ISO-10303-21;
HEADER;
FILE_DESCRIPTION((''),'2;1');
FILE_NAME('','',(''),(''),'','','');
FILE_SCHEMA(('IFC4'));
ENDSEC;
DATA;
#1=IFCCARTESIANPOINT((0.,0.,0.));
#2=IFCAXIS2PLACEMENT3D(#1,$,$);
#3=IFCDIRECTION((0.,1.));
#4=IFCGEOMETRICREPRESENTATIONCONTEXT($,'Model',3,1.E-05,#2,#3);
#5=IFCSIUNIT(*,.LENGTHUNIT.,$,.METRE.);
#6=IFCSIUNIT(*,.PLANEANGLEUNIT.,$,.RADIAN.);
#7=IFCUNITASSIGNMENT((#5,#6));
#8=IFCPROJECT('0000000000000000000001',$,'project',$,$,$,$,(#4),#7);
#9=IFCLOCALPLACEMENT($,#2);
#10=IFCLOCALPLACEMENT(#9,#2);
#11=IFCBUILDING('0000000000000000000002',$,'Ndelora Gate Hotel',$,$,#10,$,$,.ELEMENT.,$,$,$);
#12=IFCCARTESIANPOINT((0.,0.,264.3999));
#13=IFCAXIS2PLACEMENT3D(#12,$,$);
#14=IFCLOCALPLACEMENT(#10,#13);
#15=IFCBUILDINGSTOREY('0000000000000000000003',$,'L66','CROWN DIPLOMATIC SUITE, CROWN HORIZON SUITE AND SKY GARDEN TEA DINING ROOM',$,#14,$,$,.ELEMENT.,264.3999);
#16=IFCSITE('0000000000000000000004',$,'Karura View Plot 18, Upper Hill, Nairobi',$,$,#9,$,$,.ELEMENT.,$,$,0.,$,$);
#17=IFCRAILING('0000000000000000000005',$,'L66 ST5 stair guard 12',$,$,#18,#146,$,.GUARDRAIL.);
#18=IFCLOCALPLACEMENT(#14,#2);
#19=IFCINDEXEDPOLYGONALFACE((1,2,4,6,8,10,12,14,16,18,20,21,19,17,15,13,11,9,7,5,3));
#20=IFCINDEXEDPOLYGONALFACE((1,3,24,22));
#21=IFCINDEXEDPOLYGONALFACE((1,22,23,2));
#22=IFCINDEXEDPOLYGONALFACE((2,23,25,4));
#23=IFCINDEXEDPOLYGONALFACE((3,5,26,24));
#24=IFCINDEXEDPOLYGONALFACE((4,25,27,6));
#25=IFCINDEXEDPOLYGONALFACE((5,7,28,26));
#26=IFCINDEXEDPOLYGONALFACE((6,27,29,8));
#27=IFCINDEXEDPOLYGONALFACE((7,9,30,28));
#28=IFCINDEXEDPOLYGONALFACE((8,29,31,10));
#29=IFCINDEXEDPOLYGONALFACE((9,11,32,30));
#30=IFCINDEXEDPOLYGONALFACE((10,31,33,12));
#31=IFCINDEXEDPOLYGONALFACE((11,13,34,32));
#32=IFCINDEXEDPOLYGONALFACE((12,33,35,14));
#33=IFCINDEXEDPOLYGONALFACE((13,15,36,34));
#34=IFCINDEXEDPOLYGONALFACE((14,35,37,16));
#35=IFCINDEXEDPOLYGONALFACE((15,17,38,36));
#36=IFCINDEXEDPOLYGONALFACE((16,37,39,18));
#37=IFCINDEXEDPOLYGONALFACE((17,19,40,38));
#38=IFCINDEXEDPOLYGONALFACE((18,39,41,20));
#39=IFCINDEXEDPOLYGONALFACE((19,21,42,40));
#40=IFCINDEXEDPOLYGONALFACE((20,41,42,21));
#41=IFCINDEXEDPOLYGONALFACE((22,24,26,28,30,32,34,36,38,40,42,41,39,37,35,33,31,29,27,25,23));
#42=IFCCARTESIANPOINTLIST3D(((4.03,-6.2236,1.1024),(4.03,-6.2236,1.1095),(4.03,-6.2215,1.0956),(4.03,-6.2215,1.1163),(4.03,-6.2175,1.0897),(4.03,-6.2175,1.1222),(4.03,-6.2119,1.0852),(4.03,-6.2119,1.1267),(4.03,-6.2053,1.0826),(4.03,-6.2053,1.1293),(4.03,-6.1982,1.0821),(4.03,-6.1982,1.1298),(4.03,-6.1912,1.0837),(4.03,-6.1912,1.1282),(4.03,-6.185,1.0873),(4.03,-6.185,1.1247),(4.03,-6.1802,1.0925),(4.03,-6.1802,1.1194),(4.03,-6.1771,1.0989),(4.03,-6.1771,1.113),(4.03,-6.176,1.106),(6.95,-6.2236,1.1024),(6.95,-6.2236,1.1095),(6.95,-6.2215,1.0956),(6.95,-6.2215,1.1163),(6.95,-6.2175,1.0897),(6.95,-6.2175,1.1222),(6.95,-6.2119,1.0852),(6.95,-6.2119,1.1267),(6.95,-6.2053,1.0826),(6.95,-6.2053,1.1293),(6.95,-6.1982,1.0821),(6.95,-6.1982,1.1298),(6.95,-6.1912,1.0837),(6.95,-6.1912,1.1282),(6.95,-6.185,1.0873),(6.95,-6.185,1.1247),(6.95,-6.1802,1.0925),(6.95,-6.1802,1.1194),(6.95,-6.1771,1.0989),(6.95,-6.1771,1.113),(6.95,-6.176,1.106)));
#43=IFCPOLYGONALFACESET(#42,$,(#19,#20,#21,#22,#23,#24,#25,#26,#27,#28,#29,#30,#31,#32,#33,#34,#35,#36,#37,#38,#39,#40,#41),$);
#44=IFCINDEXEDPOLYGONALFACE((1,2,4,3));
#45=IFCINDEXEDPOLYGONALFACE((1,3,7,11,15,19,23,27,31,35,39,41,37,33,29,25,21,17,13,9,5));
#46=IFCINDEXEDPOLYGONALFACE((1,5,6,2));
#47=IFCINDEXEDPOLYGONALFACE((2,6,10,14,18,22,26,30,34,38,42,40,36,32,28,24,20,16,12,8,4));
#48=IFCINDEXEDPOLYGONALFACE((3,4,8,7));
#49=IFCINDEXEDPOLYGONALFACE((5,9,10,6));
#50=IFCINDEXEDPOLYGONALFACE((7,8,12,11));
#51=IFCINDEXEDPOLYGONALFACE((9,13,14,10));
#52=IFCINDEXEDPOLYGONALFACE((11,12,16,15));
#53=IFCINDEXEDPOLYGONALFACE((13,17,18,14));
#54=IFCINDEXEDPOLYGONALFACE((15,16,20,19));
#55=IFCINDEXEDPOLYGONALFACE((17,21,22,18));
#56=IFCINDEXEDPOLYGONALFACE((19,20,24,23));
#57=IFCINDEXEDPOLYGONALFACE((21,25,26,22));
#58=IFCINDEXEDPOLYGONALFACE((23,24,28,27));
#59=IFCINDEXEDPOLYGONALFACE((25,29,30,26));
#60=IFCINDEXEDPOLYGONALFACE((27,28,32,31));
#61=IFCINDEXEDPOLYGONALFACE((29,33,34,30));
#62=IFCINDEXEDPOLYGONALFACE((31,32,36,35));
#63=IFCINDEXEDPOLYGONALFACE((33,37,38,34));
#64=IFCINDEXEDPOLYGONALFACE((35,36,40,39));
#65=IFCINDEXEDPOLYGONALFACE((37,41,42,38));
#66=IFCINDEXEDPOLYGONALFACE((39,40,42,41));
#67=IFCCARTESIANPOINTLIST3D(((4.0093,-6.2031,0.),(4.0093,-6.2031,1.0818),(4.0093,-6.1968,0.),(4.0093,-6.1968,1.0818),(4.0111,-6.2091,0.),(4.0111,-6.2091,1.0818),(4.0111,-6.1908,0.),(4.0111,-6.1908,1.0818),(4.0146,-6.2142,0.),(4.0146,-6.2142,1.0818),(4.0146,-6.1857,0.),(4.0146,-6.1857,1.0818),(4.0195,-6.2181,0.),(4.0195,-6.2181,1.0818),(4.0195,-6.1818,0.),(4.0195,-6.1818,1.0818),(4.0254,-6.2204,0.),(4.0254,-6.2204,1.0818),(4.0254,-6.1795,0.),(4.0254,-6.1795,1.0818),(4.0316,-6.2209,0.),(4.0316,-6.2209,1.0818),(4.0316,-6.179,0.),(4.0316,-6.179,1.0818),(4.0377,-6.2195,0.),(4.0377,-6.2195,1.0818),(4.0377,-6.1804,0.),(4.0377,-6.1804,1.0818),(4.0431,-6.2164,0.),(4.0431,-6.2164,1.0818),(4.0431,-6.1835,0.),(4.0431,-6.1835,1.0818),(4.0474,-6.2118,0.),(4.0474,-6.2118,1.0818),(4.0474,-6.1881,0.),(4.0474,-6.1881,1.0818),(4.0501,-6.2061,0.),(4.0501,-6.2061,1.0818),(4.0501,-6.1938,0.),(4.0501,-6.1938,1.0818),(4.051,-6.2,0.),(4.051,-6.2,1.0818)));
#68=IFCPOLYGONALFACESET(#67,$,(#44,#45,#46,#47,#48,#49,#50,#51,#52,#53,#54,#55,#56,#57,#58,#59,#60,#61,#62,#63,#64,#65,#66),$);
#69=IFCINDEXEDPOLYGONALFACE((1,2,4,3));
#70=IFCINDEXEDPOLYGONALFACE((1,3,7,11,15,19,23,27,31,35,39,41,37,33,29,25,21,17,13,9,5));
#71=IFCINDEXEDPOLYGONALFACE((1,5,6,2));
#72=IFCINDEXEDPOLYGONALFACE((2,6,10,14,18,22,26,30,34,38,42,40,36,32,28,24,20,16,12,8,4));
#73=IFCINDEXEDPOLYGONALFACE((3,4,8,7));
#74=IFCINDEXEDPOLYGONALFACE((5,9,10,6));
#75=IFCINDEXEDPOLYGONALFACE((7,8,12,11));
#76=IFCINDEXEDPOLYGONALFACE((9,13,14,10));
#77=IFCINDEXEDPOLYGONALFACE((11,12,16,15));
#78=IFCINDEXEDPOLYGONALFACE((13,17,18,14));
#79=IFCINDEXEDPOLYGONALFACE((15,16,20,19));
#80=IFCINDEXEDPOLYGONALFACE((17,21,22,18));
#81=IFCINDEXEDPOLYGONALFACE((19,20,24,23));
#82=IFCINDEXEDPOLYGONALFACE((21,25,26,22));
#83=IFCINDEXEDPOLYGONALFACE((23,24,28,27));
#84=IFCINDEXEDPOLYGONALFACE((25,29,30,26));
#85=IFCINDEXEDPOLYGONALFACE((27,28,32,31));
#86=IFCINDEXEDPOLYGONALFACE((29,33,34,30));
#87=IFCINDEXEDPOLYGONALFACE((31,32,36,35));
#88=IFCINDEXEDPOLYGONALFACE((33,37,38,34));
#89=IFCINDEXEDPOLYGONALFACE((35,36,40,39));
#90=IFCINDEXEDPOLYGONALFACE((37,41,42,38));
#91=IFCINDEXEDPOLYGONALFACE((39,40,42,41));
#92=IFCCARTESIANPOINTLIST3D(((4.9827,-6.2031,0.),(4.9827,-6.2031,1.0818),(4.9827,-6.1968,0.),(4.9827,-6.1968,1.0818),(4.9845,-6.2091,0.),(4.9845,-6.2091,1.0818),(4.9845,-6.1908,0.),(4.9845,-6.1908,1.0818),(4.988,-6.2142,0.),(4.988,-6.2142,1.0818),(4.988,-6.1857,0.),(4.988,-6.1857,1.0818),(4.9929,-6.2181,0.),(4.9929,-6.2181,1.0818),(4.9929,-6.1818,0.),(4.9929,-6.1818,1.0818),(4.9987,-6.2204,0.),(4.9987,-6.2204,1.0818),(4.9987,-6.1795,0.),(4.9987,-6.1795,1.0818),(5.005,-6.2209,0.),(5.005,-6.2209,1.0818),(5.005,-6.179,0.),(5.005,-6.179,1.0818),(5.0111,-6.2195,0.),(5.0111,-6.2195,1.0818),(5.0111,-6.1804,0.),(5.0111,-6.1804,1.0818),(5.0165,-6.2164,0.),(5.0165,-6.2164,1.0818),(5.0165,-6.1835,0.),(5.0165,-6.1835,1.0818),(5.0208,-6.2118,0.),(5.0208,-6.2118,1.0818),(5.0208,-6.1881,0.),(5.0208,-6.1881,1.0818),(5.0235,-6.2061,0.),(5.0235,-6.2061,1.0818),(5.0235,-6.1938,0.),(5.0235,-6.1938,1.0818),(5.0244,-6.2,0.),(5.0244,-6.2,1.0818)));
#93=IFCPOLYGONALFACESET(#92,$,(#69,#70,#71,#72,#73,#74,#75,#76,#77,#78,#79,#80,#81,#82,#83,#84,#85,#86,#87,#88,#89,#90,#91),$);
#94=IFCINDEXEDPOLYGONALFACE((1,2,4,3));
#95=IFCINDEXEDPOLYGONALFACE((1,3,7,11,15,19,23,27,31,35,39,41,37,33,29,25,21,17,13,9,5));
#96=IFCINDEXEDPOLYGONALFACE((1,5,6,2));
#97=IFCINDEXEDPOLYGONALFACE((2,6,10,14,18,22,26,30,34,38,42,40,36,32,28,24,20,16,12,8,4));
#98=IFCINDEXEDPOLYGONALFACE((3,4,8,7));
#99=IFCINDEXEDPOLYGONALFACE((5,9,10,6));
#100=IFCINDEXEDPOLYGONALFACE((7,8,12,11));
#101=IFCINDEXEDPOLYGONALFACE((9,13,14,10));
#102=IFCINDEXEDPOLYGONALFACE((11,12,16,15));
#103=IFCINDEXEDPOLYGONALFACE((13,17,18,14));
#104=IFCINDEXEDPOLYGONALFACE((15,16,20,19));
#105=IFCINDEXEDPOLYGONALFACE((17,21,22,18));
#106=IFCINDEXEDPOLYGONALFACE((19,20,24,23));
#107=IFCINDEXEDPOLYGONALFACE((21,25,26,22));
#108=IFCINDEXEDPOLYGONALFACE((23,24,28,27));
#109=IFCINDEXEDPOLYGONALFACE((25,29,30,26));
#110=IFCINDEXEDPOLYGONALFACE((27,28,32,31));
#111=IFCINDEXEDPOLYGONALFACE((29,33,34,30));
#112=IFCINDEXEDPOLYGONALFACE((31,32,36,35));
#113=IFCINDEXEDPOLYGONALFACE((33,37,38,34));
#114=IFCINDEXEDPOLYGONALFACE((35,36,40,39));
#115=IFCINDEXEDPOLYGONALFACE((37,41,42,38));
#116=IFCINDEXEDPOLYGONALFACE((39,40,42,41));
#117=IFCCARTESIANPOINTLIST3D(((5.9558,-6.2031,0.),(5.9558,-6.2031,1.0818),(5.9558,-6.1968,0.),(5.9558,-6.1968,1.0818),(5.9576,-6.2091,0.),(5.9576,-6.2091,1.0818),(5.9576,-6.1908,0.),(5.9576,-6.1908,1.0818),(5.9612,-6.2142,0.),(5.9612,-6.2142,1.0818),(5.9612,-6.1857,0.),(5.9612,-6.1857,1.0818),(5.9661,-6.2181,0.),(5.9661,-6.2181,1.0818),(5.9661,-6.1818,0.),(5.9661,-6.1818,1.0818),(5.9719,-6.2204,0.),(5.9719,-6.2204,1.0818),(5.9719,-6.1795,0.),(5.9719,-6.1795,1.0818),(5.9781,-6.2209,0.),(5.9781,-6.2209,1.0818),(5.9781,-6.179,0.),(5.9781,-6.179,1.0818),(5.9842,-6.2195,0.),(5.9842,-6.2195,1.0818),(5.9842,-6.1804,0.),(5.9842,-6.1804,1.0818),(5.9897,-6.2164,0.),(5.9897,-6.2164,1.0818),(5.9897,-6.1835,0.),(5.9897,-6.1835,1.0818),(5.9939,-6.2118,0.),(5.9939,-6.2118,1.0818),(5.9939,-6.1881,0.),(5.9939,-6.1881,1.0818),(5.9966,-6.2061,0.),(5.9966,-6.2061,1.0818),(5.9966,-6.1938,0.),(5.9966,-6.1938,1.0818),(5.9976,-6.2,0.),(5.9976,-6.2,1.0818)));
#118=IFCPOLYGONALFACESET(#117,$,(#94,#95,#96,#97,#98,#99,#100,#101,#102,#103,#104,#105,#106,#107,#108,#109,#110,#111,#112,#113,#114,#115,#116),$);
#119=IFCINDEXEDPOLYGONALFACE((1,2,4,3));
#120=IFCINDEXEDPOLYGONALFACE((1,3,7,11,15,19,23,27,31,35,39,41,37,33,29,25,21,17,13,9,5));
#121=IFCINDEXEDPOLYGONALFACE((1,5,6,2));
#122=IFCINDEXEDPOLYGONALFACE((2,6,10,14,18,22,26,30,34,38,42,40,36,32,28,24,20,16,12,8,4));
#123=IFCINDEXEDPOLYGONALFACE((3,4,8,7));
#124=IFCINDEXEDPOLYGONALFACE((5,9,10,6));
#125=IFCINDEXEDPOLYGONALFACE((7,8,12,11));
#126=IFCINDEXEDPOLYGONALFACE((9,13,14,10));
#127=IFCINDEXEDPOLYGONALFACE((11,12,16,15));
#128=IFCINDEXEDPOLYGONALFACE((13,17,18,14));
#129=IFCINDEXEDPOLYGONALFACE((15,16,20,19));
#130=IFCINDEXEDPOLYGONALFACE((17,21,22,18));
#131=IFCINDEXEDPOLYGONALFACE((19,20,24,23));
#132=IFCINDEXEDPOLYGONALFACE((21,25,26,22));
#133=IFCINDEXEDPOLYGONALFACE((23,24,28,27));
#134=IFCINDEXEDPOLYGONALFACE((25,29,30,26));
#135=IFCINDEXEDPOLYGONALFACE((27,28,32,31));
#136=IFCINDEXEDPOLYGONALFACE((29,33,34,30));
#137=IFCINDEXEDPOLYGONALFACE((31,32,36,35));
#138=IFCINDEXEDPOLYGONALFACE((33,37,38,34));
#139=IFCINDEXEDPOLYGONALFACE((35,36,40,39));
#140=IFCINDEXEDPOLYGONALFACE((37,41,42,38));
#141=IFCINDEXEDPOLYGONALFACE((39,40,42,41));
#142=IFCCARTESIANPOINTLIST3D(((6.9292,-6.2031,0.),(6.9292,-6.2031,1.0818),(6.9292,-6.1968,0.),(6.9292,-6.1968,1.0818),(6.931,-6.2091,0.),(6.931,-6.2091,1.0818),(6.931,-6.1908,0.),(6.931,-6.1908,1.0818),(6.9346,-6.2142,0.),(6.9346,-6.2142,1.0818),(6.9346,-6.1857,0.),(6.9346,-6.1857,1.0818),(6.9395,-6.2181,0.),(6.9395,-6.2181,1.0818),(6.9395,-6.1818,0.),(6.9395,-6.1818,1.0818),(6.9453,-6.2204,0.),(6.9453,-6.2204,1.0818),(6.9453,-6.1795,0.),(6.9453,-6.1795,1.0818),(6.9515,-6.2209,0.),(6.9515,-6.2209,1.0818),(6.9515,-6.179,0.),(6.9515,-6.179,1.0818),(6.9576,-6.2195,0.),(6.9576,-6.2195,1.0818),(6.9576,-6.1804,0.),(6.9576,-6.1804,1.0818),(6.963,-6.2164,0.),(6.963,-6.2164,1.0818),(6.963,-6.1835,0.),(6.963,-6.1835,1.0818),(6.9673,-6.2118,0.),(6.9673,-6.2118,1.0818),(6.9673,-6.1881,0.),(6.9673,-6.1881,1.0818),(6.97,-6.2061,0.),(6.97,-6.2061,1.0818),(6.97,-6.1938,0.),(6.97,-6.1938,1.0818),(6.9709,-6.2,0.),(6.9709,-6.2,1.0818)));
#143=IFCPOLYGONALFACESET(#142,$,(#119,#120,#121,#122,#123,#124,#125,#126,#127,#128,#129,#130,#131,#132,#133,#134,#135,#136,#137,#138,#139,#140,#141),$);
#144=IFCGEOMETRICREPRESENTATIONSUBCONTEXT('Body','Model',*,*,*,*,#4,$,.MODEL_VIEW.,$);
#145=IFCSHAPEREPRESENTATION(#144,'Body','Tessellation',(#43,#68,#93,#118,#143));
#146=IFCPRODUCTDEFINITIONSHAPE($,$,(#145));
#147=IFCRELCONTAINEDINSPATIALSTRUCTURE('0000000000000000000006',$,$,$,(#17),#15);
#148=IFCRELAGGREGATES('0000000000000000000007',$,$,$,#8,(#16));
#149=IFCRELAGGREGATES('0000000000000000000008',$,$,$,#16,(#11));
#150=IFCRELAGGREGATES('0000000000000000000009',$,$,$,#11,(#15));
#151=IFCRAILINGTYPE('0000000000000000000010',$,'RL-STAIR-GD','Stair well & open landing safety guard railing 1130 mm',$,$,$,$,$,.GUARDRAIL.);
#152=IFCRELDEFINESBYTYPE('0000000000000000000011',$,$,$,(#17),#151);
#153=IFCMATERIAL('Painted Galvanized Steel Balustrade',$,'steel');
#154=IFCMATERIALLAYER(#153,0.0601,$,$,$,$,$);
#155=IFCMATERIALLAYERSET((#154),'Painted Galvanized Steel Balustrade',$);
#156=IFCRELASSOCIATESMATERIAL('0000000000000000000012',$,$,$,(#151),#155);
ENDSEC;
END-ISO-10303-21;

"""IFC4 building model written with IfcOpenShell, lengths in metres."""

from ifc_helpers import new_model, si_unit, direction, frame, origin, origin_2d, place, context, subcontext, project, spatial, circle, extrude, material, layer, layer_set, type_object, element, save


model = new_model("IFC4")

# Units and contexts
model_context = context("Model", 3, precision=1e-05, world=origin(), true_north=direction((0.0, 1.0)))
body_context = subcontext(model_context, "Body", "Model", "MODEL_VIEW")
ifc_project = project(units=[si_unit("LENGTHUNIT", "METRE"), si_unit("PLANEANGLEUNIT", "RADIAN")], contexts=[model_context])

# Site, building, storey
site_placement = place(None, origin())
site = spatial("IfcSite", under=ifc_project, at=site_placement, Name="Karura View Plot 18, Upper Hill, Nairobi", CompositionType="ELEMENT", RefElevation=0.0)
building_placement = place(site_placement, origin())
building = spatial("IfcBuilding", under=site, at=building_placement, Name="Ndelora Gate Hotel", CompositionType="ELEMENT")
storey_placement = place(building_placement, frame((0.0, 0.0, 264.3999)))
storey = spatial("IfcBuildingStorey", under=building, at=storey_placement, Name="L66", Description="CROWN DIPLOMATIC SUITE, CROWN HORIZON SUITE AND SKY GARDEN TEA DINING ROOM", CompositionType="ELEMENT", Elevation=264.3999)

# Railing
ifc_material_1 = material(Name="Painted Galvanized Steel Balustrade", Category="steel")
ifc_layer_1 = layer(ifc_material_1, 0.0601)
ifc_layer_set_1 = layer_set([ifc_layer_1], Name="Painted Galvanized Steel Balustrade")
railing_type_1 = type_object("IfcRailingType", Name="RL-STAIR-GD", Description="Stair well & open landing safety guard railing 1130 mm", PredefinedType="GUARDRAIL", material=ifc_layer_set_1)
railing_1_placement = place(storey_placement, frame((4.03, -6.2, 0.0)))
element("IfcRailing", 1, at=railing_1_placement, inside=storey, type_object=railing_type_1, Name="L66 ST5 stair guard 12", PredefinedType="GUARDRAIL", context=body_context, shape_type="SweptSolid", body=[
    extrude(circle(Radius=0.0239, at=origin_2d()), frame((0.0, 0.0, 1.106), z_axis=(1.0, 0.0, 0.0), x_axis=(0.0, 1.0, 0.0)), (0.0, 0.0, 1.0), 2.9199),
    extrude(circle(Radius=0.021, at=origin_2d()), origin(), (0.0, 0.0, 1.0), 1.0818),
    extrude(circle(Radius=0.021, at=origin_2d()), frame((0.9734, 0.0, 0.0)), (0.0, 0.0, 1.0), 1.0818),
    extrude(circle(Radius=0.021, at=origin_2d()), frame((1.9465, 0.0, 0.0)), (0.0, 0.0, 1.0), 1.0818),
    extrude(circle(Radius=0.021, at=origin_2d()), frame((2.9199, 0.0, 0.0)), (0.0, 0.0, 1.0), 1.0818),
])

save(model, "model.ifc")
